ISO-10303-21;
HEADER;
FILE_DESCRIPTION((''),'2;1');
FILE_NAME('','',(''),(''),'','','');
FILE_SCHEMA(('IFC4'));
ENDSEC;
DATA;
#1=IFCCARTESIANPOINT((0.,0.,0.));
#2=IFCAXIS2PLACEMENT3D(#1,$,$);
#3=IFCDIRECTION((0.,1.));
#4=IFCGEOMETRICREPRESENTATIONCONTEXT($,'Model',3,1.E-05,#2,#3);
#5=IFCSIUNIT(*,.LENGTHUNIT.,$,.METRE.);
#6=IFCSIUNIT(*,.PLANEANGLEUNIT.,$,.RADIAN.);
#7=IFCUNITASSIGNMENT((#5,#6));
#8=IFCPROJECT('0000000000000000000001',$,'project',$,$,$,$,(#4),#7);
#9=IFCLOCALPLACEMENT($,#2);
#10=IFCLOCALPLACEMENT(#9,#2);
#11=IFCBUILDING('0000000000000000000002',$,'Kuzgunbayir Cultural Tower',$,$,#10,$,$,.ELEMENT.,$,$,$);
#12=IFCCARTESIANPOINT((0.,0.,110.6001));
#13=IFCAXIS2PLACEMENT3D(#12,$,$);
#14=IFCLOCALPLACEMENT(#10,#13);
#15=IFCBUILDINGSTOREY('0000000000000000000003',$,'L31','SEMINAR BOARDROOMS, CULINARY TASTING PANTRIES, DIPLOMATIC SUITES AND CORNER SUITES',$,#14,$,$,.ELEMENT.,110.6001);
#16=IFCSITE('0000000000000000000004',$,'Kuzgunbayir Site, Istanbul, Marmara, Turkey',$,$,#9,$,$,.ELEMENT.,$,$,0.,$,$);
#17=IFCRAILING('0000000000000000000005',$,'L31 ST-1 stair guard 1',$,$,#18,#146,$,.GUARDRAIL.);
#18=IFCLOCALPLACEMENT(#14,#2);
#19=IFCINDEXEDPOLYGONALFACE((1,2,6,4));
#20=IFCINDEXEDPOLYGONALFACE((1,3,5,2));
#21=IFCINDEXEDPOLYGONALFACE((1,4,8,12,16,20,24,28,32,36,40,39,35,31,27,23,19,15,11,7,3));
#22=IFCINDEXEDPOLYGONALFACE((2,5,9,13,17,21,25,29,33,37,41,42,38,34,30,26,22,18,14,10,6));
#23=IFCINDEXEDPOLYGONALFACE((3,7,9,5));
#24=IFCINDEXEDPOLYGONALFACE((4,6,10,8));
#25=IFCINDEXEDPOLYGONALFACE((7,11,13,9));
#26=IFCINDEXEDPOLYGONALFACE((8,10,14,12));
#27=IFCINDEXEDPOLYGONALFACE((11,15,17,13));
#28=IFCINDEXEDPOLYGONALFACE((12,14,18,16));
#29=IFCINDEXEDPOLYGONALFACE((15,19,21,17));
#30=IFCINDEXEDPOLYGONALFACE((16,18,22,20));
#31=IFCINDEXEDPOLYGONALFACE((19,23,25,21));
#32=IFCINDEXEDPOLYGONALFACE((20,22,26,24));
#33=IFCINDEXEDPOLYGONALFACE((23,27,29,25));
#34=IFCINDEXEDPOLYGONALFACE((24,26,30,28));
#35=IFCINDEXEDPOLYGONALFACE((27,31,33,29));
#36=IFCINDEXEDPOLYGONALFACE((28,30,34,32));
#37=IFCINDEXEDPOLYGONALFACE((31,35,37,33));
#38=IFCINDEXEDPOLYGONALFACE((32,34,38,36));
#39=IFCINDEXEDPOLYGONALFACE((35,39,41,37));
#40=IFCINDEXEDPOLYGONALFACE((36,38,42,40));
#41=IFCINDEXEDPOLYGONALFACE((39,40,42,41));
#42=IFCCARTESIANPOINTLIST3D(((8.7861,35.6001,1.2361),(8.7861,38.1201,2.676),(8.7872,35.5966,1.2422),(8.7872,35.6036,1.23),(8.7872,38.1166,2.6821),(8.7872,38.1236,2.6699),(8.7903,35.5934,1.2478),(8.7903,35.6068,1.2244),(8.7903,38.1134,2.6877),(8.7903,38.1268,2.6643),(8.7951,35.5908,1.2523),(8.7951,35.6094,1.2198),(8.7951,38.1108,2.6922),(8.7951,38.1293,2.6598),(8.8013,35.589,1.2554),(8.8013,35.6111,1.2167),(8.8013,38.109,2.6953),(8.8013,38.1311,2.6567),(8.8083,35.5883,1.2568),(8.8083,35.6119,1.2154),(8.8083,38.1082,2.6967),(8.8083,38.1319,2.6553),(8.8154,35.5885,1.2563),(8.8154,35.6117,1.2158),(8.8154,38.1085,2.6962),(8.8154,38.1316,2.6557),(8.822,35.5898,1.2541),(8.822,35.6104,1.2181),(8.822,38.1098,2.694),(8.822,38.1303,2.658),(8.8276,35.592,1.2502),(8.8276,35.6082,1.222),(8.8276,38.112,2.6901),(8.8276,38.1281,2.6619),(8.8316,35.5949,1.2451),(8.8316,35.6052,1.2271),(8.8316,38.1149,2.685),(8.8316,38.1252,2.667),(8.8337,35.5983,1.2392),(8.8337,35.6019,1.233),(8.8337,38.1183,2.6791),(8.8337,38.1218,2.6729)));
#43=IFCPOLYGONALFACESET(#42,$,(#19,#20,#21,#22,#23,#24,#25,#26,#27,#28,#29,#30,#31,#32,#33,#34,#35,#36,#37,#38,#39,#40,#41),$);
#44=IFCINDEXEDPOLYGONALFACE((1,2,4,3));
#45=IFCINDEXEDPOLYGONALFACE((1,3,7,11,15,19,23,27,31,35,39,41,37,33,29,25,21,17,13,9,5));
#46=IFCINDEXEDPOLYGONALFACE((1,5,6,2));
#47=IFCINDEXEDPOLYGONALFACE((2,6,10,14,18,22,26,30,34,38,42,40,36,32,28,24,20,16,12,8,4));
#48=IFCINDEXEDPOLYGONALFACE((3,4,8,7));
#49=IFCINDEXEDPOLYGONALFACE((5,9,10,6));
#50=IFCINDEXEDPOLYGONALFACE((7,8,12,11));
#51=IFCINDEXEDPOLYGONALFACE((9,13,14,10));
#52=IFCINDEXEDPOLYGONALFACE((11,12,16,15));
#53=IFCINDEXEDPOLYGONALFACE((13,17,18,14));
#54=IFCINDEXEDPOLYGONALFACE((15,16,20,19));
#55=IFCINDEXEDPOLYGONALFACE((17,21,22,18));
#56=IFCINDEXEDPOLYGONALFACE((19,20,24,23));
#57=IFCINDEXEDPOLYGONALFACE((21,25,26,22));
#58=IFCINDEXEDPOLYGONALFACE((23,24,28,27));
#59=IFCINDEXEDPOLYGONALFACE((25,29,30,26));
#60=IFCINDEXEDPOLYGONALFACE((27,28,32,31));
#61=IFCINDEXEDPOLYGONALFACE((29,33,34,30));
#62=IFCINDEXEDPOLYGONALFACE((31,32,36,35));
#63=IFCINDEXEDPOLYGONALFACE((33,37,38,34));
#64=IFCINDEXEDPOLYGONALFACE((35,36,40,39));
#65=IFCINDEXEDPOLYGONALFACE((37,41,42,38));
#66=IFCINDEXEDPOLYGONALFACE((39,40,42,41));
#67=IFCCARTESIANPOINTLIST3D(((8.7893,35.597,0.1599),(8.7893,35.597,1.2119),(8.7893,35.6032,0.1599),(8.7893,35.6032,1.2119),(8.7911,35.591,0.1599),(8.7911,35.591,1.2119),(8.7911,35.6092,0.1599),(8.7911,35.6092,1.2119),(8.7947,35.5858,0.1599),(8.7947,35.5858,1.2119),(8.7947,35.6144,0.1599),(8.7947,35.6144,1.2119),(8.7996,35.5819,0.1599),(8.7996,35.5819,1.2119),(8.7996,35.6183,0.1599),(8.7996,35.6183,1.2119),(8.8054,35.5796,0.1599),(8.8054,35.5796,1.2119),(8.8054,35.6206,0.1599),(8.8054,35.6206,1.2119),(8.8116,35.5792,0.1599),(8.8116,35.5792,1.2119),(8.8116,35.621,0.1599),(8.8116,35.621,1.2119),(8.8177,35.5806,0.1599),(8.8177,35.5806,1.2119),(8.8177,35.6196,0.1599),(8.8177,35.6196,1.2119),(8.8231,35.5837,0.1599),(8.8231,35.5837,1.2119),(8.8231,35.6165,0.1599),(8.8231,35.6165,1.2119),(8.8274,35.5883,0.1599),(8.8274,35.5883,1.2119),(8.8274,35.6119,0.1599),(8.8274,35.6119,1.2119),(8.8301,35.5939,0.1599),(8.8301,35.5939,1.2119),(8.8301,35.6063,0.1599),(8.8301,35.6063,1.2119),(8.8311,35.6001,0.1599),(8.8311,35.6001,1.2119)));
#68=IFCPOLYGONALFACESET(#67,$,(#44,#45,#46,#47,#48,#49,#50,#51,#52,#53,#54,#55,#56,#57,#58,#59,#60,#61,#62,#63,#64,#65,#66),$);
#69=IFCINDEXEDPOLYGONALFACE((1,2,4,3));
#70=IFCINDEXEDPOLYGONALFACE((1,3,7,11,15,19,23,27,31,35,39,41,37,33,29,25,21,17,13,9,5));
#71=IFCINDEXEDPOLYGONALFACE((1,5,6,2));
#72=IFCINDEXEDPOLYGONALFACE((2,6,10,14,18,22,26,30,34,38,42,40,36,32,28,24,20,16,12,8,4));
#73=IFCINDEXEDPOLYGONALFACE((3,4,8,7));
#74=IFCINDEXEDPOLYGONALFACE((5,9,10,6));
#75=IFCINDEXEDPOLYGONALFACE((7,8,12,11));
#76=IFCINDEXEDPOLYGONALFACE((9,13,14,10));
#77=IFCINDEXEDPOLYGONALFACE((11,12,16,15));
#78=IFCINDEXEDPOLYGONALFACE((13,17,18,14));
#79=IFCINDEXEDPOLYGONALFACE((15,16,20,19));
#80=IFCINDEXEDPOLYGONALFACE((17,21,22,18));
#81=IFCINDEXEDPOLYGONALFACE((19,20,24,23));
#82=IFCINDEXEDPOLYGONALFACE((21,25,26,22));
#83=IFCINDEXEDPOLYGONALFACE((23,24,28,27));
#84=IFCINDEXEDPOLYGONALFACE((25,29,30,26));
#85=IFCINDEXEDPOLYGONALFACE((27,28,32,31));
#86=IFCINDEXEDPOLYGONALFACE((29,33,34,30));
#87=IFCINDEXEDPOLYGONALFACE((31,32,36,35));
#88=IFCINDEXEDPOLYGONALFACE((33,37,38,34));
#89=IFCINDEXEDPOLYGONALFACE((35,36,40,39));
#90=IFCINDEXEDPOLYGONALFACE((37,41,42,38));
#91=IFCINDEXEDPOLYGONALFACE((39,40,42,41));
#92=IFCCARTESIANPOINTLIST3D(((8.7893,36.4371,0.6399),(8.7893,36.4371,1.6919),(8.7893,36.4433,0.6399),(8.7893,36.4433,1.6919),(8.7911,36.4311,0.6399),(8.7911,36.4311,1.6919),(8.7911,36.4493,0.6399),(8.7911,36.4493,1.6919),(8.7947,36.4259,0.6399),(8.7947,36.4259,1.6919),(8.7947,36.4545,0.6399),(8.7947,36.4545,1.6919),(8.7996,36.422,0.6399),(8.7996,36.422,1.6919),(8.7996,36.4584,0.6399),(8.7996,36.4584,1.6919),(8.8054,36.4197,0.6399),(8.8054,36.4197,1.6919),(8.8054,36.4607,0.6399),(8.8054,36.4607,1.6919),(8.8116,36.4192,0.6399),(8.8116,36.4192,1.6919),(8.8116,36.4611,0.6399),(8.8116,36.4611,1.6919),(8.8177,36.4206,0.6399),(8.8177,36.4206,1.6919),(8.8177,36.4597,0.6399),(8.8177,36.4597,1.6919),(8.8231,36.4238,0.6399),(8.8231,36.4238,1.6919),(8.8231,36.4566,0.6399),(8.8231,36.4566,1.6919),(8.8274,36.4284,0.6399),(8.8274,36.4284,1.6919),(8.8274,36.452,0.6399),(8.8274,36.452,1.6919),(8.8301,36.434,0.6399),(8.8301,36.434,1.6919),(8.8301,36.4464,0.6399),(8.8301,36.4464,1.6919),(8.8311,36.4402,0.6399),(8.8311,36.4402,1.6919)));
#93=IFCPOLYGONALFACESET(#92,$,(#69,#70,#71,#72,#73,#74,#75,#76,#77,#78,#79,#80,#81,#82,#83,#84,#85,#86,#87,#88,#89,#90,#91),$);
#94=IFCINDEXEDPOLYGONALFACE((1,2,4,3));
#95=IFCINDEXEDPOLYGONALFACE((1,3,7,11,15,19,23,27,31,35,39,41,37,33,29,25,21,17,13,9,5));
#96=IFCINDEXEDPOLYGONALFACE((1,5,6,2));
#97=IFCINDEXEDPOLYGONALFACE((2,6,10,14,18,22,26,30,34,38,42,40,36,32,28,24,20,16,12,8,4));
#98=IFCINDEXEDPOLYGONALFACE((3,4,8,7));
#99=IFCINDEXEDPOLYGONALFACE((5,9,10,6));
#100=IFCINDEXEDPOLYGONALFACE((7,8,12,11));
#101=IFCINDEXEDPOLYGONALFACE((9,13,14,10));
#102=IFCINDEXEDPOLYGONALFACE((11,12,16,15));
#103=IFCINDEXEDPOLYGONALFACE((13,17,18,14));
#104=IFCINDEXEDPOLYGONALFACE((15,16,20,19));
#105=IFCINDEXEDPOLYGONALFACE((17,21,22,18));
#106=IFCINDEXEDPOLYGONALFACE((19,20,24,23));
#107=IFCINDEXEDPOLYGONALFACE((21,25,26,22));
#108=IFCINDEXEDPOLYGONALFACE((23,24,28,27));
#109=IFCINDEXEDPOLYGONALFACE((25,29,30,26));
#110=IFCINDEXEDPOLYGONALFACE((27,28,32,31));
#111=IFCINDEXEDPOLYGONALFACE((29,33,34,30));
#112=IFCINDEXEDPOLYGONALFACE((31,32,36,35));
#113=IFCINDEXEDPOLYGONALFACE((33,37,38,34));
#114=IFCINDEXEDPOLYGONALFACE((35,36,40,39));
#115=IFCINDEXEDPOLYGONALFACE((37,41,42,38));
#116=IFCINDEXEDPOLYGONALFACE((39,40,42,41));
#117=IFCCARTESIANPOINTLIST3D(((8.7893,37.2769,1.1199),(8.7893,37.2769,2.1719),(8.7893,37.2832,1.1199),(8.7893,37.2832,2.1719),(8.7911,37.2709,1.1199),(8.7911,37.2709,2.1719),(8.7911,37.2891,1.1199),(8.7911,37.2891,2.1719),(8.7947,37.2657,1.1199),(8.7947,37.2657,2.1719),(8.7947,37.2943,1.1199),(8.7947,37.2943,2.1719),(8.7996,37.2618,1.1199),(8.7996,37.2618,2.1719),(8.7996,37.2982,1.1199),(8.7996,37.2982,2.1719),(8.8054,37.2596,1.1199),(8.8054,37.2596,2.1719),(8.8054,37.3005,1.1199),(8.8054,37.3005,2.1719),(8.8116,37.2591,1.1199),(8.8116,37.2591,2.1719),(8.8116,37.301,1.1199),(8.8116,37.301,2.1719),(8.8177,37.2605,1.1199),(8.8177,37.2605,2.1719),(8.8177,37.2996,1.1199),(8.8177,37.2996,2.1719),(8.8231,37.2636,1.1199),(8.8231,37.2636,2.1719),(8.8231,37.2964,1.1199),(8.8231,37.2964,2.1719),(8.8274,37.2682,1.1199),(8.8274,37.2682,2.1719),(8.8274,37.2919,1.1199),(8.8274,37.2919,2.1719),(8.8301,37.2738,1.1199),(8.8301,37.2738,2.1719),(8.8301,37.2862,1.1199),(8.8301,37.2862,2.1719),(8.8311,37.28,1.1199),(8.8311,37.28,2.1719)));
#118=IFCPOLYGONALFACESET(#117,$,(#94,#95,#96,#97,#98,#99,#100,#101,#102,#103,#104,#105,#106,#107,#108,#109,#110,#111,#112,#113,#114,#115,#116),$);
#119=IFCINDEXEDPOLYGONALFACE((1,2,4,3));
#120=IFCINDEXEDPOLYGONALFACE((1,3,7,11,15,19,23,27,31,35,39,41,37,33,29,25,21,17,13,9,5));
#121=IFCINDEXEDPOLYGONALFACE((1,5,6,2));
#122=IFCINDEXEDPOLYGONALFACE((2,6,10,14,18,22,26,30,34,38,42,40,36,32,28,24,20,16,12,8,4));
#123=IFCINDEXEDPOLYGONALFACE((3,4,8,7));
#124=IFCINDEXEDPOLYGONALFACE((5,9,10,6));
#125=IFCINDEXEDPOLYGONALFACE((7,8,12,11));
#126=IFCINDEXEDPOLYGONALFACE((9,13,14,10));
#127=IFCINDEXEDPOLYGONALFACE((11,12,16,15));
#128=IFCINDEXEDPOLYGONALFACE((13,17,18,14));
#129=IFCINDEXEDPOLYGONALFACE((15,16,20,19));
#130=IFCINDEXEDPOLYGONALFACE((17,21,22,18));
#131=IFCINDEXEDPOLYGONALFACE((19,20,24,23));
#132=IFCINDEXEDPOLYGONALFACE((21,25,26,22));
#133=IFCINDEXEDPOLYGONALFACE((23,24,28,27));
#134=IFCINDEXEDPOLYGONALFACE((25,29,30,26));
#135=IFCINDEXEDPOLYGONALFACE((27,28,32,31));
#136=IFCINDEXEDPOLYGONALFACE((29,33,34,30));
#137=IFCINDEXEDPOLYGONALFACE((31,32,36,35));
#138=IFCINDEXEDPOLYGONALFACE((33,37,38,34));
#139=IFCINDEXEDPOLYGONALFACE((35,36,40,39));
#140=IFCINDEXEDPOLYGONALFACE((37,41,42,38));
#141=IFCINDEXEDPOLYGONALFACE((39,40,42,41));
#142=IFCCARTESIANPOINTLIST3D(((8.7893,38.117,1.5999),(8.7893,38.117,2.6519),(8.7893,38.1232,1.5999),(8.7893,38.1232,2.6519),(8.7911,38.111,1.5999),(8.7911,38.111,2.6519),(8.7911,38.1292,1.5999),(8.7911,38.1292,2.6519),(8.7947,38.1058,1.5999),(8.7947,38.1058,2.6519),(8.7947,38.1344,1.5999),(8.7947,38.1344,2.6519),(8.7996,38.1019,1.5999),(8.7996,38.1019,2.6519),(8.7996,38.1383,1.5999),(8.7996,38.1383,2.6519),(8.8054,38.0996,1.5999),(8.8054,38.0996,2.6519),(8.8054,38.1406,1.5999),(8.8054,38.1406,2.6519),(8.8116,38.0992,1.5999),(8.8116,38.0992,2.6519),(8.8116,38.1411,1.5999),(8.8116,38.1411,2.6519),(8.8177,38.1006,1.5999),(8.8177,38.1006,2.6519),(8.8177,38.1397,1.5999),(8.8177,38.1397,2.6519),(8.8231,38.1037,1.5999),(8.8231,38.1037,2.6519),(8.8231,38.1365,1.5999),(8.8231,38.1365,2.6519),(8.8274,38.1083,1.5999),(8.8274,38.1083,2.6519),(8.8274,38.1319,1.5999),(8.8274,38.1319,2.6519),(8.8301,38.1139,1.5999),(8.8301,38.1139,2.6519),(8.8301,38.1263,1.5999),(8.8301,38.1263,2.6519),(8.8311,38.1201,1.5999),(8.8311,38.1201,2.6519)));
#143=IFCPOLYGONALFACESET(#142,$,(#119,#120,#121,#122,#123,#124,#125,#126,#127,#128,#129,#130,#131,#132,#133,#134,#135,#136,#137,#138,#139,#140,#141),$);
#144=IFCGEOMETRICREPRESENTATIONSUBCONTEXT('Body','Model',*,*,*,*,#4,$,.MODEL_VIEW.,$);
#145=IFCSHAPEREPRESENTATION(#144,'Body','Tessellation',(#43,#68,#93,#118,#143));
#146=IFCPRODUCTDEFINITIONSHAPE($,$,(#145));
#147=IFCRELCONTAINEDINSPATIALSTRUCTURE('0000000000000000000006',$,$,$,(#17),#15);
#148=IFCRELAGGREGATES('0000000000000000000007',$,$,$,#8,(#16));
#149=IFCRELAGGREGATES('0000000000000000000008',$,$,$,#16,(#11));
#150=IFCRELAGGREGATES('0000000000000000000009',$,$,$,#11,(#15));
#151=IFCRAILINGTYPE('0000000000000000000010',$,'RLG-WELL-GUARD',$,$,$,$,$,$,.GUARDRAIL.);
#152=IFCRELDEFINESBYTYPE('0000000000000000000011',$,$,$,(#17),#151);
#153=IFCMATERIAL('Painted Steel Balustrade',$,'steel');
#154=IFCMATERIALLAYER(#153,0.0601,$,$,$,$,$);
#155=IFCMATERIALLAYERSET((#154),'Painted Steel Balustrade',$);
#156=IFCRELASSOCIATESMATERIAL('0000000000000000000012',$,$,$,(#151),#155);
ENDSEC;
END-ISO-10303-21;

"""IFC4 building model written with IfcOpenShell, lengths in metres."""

from ifc_helpers import new_model, si_unit, direction, frame, origin, origin_2d, place, context, subcontext, project, spatial, circle, extrude, material, layer, layer_set, type_object, element, save


model = new_model("IFC4")

# Units and contexts
model_context = context("Model", 3, precision=1e-05, world=origin(), true_north=direction((0.0, 1.0)))
body_context = subcontext(model_context, "Body", "Model", "MODEL_VIEW")
ifc_project = project(units=[si_unit("LENGTHUNIT", "METRE"), si_unit("PLANEANGLEUNIT", "RADIAN")], contexts=[model_context])

# Site, building, storey
site_placement = place(None, origin())
site = spatial("IfcSite", under=ifc_project, at=site_placement, Name="Kuzgunbayir Site, Istanbul, Marmara, Turkey", CompositionType="ELEMENT", RefElevation=0.0)
building_placement = place(site_placement, origin())
building = spatial("IfcBuilding", under=site, at=building_placement, Name="Kuzgunbayir Cultural Tower", CompositionType="ELEMENT")
storey_placement = place(building_placement, frame((0.0, 0.0, 110.6001)))
storey = spatial("IfcBuildingStorey", under=building, at=storey_placement, Name="L31", Description="SEMINAR BOARDROOMS, CULINARY TASTING PANTRIES, DIPLOMATIC SUITES AND CORNER SUITES", CompositionType="ELEMENT", Elevation=110.6001)

# Railing
ifc_material_1 = material(Name="Painted Steel Balustrade", Category="steel")
ifc_layer_1 = layer(ifc_material_1, 0.0601)
ifc_layer_set_1 = layer_set([ifc_layer_1], Name="Painted Steel Balustrade")
railing_type_1 = type_object("IfcRailingType", Name="RLG-WELL-GUARD", PredefinedType="GUARDRAIL", material=ifc_layer_set_1)
railing_1_placement = place(storey_placement, frame((8.8101, 35.6001, 0.1599)))
element("IfcRailing", 1, at=railing_1_placement, inside=storey, type_object=railing_type_1, Name="L31 ST-1 stair guard 1", PredefinedType="GUARDRAIL", context=body_context, shape_type="SweptSolid", body=[
    extrude(circle(Radius=0.0239, at=origin_2d()), frame((0.0, 0.0, 1.0762), z_axis=(0.0, 0.868253, 0.496121), x_axis=(-1.0, 0.0, 0.0)), (0.0, 0.0, 1.0), 2.9023),
    extrude(circle(Radius=0.021, at=origin_2d()), origin(), (0.0, 0.0, 1.0), 1.052),
    extrude(circle(Radius=0.021, at=origin_2d()), frame((0.0, 0.8401, 0.48)), (0.0, 0.0, 1.0), 1.052),
    extrude(circle(Radius=0.021, at=origin_2d()), frame((0.0, 1.6799, 0.96)), (0.0, 0.0, 1.0), 1.052),
    extrude(circle(Radius=0.021, at=origin_2d()), frame((0.0, 2.52, 1.4399)), (0.0, 0.0, 1.0), 1.052),
])

save(model, "model.ifc")
